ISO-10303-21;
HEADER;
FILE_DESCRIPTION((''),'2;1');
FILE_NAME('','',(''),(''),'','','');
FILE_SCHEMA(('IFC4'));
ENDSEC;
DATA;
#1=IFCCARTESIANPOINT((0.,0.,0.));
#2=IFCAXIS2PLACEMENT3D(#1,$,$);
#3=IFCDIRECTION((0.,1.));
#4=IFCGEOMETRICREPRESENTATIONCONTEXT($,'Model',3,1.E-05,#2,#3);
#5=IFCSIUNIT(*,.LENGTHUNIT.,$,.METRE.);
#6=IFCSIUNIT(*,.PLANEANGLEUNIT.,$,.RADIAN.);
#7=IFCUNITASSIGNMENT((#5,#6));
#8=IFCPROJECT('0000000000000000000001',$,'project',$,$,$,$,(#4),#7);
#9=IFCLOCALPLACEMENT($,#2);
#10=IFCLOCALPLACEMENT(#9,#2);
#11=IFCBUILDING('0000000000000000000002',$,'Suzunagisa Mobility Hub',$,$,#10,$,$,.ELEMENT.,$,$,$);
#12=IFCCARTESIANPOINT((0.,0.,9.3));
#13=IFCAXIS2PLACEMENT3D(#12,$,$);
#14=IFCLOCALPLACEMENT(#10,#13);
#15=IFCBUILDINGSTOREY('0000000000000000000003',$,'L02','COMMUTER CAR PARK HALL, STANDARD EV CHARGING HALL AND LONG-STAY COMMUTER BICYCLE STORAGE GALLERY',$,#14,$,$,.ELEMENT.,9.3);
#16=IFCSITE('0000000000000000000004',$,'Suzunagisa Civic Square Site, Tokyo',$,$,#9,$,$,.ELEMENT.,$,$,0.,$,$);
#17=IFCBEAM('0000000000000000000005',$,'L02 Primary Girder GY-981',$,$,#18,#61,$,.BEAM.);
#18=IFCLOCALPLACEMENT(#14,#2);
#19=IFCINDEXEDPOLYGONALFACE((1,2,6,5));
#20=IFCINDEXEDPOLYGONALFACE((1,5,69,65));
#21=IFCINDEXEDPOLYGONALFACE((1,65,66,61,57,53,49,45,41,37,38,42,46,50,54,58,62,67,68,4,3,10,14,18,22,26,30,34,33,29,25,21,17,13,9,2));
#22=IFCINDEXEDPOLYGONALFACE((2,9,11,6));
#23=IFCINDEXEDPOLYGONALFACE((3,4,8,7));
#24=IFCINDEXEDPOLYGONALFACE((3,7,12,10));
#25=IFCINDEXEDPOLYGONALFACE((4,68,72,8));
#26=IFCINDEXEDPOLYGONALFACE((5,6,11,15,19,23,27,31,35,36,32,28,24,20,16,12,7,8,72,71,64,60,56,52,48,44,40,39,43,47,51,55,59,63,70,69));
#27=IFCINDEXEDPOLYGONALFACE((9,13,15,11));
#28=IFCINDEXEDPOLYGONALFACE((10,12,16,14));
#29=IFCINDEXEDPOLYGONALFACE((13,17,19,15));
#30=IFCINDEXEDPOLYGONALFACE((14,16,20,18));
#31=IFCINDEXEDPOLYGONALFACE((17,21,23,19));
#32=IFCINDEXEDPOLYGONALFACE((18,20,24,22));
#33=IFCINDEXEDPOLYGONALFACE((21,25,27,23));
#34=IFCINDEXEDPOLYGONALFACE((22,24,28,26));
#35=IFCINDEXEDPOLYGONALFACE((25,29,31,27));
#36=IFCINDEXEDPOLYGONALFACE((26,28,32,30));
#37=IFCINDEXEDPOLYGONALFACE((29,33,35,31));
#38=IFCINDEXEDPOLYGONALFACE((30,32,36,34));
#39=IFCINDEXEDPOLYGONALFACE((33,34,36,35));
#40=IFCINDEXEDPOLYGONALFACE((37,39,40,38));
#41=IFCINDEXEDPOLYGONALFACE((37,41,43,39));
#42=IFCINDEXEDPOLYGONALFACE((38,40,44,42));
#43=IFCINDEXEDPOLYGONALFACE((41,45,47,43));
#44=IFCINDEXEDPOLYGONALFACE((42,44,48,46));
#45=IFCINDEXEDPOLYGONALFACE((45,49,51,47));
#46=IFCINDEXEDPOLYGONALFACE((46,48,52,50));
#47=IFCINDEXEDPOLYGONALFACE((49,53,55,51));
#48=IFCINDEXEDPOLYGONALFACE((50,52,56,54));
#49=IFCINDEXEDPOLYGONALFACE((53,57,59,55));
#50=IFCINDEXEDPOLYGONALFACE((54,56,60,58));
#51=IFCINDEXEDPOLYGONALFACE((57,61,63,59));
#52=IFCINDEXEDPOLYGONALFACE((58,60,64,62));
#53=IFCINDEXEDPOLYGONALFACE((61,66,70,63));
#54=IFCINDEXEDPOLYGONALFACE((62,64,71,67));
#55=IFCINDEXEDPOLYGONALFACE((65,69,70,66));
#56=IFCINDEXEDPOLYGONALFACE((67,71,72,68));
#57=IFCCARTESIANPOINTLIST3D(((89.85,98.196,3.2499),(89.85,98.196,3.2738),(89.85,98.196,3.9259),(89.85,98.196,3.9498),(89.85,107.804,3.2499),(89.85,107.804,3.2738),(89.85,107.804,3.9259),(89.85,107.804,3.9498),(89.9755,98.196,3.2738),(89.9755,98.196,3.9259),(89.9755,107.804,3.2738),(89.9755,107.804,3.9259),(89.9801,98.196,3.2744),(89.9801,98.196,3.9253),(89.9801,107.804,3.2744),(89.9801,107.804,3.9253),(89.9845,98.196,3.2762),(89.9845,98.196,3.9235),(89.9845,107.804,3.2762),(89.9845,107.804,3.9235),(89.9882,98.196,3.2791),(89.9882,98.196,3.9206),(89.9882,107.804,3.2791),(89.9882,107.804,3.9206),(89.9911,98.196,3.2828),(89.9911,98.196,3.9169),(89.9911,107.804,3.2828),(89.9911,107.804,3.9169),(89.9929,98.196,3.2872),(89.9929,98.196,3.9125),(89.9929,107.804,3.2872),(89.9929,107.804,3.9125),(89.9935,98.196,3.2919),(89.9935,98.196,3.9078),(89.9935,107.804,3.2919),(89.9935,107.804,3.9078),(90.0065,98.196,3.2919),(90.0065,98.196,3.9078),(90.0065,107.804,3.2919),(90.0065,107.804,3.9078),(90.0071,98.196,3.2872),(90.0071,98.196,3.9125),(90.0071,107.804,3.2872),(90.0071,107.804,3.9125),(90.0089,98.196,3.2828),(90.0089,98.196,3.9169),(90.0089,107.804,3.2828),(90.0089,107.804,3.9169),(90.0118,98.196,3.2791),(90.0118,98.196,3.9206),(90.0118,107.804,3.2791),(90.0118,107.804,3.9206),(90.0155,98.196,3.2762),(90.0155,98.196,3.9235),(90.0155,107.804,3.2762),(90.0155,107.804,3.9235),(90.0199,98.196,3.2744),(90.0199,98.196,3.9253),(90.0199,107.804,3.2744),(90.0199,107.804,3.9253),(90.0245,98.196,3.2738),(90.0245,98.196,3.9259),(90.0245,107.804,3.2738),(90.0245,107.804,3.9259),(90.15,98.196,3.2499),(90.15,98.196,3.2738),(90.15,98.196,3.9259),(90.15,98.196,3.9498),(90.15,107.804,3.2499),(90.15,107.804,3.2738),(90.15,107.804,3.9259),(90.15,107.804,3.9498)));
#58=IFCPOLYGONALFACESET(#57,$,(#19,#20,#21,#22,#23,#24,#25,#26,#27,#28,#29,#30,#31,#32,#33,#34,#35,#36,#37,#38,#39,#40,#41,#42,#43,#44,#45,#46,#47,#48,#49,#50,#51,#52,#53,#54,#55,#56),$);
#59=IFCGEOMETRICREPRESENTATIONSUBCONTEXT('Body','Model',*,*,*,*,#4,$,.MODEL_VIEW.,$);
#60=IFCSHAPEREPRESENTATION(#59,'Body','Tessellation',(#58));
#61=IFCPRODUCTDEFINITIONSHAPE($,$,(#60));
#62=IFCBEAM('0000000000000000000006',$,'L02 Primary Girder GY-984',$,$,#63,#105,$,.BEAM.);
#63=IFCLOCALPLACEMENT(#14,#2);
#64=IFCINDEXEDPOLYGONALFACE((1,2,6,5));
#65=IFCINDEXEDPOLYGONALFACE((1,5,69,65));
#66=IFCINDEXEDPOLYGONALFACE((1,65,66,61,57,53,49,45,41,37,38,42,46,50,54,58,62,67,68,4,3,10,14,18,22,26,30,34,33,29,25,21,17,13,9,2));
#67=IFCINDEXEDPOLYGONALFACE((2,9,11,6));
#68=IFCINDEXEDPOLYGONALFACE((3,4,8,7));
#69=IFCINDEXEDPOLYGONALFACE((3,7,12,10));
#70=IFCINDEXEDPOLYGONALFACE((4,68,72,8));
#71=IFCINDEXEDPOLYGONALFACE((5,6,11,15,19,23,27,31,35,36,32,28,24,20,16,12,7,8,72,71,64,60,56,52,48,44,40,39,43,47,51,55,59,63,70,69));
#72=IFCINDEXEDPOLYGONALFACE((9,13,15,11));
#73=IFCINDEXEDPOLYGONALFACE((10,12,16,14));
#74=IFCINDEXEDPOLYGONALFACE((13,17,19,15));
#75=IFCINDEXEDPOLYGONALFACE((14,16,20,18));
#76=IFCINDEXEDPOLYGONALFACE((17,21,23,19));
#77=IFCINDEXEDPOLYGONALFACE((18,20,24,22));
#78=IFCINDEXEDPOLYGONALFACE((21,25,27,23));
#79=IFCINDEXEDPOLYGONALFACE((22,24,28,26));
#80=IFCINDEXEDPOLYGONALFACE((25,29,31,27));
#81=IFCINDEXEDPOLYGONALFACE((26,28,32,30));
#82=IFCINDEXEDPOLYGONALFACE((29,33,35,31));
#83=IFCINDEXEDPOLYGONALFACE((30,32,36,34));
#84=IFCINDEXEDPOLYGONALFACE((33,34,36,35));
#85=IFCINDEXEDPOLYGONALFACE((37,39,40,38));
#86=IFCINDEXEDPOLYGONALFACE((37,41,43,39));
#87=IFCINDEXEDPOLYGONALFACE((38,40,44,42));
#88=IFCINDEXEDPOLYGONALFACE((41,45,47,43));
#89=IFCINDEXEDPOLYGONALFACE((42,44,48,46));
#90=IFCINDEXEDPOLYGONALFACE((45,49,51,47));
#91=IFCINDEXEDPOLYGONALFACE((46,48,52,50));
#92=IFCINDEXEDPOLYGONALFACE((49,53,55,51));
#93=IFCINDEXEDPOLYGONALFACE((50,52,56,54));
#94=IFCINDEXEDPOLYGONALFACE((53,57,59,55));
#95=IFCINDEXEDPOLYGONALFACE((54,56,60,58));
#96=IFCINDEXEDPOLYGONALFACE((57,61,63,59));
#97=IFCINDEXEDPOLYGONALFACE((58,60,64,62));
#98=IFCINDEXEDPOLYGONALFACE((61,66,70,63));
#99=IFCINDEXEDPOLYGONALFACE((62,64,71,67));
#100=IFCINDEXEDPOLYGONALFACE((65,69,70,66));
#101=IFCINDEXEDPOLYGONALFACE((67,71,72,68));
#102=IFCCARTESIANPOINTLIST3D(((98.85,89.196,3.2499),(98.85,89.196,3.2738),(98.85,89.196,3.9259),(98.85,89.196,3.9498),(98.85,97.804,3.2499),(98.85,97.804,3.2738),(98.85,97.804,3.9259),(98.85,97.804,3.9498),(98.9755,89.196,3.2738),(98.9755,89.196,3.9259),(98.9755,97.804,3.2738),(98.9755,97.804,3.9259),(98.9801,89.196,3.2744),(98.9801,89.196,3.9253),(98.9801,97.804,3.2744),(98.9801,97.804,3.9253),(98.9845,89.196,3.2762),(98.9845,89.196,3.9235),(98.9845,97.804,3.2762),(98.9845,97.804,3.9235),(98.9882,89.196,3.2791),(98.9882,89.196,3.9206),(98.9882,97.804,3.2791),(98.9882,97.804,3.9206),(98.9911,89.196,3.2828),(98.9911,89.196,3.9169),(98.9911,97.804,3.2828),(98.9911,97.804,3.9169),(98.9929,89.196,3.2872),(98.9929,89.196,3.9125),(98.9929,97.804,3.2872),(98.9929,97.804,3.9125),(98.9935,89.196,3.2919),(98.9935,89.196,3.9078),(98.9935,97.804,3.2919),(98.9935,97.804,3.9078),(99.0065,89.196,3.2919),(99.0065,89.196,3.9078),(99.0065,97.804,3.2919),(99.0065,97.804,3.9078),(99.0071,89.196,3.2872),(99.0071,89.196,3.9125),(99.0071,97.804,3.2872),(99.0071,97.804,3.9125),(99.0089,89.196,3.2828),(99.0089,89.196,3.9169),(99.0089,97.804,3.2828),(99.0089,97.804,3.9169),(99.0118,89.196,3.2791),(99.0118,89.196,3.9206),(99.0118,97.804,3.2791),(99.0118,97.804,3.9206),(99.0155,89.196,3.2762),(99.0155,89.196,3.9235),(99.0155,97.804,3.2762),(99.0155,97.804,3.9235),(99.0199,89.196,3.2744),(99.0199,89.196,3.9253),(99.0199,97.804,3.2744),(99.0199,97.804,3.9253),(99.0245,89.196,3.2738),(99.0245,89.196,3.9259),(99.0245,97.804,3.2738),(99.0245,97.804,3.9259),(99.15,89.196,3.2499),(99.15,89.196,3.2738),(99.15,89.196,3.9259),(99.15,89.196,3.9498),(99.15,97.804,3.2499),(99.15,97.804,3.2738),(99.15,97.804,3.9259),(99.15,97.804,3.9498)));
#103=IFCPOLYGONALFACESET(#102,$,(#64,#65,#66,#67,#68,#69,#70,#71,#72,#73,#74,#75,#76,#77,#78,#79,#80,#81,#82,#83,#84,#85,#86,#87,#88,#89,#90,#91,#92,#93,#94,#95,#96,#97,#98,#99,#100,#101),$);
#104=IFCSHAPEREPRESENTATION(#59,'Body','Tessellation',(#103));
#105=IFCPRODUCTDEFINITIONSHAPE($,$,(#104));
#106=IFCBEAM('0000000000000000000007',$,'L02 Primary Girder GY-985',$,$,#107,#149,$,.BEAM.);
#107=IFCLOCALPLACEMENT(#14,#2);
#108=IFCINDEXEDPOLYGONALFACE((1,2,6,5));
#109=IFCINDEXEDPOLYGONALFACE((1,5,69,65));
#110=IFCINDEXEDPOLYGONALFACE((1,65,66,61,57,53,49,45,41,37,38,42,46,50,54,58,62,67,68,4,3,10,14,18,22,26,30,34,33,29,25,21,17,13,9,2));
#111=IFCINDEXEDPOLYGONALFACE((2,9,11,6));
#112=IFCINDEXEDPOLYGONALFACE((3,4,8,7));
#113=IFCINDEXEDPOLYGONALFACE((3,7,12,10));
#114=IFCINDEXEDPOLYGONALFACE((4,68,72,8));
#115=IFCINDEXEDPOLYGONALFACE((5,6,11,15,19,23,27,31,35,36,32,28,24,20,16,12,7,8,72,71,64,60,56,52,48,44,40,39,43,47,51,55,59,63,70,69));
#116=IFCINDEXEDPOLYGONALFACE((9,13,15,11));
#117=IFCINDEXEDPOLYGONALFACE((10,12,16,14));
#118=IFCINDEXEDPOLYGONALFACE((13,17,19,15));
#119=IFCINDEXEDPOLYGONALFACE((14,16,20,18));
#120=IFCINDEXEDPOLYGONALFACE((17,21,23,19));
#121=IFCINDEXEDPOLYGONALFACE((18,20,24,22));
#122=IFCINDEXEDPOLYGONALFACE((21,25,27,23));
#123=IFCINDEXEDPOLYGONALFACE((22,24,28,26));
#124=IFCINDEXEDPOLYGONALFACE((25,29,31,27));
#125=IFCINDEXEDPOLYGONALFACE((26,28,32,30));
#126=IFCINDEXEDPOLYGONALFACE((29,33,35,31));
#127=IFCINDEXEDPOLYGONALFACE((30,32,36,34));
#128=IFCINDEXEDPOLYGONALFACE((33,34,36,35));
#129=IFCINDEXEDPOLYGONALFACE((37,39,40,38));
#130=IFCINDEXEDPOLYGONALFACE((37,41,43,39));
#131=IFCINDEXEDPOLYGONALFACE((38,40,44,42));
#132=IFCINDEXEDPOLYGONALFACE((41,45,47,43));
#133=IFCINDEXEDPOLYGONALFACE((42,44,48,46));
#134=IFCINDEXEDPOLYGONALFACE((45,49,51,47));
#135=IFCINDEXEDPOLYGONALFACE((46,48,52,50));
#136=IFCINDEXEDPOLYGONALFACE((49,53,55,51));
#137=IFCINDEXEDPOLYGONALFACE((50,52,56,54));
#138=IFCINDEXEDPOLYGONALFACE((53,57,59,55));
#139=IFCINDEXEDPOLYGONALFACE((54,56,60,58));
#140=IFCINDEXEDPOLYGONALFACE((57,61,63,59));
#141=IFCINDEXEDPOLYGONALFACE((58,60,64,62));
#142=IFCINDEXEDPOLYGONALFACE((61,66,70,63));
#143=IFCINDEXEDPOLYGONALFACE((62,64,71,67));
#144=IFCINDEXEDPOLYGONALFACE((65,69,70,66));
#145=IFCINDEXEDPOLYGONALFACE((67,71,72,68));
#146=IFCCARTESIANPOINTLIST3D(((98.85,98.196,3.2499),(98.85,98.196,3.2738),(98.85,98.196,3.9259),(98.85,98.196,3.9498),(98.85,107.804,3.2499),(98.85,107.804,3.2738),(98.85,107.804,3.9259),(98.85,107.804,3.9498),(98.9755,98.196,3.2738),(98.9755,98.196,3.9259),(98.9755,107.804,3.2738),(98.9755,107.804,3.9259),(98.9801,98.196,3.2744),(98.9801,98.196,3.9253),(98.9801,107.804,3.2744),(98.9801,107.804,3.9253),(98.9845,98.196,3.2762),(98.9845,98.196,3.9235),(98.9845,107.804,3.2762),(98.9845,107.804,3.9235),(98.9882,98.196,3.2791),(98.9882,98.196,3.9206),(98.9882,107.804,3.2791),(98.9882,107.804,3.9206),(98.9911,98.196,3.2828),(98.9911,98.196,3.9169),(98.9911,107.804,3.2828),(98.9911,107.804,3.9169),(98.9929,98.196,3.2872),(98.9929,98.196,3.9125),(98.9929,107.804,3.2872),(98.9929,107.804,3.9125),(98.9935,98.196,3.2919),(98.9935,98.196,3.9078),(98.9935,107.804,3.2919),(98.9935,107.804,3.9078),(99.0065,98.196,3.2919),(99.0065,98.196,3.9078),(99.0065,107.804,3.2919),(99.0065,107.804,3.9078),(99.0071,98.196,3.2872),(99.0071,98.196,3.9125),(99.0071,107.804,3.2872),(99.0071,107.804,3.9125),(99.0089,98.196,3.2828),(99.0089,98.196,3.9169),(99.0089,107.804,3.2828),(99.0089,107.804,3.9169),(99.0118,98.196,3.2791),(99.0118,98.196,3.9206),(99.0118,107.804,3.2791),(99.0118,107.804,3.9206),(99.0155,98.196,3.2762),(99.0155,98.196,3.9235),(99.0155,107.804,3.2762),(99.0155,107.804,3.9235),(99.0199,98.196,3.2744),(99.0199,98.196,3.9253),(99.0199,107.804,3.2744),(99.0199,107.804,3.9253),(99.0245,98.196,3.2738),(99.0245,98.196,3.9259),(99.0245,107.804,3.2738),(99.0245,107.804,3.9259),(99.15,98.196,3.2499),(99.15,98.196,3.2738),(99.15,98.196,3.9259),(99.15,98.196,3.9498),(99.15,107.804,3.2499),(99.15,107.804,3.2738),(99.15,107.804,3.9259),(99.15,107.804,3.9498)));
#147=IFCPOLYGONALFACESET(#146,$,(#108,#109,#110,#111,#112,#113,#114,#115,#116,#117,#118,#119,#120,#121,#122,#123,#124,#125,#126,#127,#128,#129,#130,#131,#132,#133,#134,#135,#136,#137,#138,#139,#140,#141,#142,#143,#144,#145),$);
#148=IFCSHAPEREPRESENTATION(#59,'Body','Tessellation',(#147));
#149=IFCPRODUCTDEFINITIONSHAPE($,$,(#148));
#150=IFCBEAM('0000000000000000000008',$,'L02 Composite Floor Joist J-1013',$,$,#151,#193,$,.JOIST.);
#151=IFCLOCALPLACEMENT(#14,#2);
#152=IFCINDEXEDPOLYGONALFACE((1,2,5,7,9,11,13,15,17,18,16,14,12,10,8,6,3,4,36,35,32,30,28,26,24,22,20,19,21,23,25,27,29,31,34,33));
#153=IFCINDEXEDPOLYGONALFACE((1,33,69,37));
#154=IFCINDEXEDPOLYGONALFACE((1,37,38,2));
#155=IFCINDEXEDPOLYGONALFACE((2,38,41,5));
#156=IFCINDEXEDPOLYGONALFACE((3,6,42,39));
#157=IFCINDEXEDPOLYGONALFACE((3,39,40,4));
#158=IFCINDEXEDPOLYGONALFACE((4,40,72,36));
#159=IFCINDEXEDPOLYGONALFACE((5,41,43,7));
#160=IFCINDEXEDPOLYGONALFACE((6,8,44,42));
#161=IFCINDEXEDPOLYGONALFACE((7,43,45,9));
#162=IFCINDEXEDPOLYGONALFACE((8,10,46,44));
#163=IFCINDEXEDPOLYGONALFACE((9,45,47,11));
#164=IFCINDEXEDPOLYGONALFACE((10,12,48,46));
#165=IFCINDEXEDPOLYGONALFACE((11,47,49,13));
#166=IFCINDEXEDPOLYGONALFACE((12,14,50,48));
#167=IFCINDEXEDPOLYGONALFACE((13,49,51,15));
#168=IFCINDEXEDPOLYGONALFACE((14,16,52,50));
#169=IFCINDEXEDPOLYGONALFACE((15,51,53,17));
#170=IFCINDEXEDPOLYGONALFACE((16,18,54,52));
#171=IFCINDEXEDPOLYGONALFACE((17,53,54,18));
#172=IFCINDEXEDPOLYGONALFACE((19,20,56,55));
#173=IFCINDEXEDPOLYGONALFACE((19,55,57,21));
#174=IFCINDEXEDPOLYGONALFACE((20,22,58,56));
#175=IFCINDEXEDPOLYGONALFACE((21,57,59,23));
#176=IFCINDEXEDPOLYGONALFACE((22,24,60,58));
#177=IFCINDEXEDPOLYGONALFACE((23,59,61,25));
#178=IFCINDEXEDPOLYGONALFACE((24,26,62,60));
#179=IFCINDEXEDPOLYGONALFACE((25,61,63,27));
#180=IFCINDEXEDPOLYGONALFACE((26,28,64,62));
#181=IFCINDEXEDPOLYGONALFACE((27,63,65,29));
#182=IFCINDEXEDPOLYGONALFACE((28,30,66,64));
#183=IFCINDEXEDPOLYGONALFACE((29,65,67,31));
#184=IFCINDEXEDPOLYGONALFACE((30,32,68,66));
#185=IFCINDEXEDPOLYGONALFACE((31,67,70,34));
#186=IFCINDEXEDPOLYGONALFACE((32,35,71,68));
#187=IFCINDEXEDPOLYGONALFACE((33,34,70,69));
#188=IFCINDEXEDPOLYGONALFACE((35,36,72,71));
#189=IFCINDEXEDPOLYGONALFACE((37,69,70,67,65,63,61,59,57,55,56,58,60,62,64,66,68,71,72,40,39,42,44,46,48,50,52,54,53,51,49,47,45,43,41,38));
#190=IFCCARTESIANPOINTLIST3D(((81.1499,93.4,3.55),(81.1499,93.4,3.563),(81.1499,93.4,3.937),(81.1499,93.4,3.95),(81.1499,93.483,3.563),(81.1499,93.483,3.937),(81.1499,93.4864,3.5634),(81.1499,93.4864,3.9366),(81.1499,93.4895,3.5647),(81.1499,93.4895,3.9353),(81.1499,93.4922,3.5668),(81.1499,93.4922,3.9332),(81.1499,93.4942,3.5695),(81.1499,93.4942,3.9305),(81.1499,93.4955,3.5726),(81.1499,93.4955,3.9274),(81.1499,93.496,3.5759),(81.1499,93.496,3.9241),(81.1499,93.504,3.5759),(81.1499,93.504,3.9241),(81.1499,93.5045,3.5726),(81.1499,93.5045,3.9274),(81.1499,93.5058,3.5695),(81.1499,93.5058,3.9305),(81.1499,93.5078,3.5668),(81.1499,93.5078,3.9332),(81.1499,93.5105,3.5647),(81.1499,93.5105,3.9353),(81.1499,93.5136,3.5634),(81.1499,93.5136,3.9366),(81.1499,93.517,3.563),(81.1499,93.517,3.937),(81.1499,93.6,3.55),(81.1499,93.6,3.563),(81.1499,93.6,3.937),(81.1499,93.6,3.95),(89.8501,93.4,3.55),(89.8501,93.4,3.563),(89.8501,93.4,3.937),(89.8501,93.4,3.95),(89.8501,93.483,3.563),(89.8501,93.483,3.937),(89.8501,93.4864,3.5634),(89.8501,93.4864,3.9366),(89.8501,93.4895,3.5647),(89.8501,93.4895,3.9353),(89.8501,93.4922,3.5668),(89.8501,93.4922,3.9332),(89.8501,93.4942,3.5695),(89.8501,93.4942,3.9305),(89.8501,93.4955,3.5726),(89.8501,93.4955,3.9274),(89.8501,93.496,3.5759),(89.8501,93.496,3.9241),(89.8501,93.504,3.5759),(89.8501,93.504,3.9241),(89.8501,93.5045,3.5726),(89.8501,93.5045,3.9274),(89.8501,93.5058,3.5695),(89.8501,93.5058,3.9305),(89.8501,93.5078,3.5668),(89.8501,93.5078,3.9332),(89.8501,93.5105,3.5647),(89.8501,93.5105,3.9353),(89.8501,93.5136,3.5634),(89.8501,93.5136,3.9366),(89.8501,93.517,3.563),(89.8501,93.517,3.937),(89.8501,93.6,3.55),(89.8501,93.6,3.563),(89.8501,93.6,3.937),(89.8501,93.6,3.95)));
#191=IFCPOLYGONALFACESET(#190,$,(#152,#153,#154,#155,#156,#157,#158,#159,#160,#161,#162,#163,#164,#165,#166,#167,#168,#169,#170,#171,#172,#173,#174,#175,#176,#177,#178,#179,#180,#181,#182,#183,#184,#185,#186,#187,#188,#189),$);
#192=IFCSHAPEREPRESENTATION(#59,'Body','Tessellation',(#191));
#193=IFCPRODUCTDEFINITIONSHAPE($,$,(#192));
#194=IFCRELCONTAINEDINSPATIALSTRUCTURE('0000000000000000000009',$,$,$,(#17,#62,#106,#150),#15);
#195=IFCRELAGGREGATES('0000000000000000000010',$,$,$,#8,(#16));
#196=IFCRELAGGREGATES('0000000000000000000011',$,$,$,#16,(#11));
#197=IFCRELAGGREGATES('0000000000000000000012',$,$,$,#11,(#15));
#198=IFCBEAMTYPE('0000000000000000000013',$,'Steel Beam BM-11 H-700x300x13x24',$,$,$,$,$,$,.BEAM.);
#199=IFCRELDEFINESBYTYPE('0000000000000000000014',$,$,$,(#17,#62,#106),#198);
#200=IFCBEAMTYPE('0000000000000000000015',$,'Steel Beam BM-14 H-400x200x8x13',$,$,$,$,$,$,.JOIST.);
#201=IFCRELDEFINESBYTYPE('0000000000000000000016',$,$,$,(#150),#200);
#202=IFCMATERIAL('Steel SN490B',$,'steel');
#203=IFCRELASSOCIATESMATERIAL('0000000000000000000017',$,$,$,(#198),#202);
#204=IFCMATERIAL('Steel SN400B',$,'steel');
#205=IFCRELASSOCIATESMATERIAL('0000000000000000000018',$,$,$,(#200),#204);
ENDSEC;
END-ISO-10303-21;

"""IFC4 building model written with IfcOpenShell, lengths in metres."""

from ifc_helpers import new_model, si_unit, direction, frame, origin, origin_2d, place, context, subcontext, project, spatial, i_section, extrude, material, material_profile, profile_set, type_object, element, save


model = new_model("IFC4")

# Units and contexts
model_context = context("Model", 3, precision=1e-05, world=origin(), true_north=direction((0.0, 1.0)))
body_context = subcontext(model_context, "Body", "Model", "MODEL_VIEW")
ifc_project = project(units=[si_unit("LENGTHUNIT", "METRE"), si_unit("PLANEANGLEUNIT", "RADIAN")], contexts=[model_context])

# Site, building, storey
site_placement = place(None, origin())
site = spatial("IfcSite", under=ifc_project, at=site_placement, Name="Suzunagisa Civic Square Site, Tokyo", CompositionType="ELEMENT", RefElevation=0.0)
building_placement = place(site_placement, origin())
building = spatial("IfcBuilding", under=site, at=building_placement, Name="Suzunagisa Mobility Hub", CompositionType="ELEMENT")
storey_placement = place(building_placement, frame((0.0, 0.0, 9.3)))
storey = spatial("IfcBuildingStorey", under=building, at=storey_placement, Name="L02", Description="COMMUTER CAR PARK HALL, STANDARD EV CHARGING HALL AND LONG-STAY COMMUTER BICYCLE STORAGE GALLERY", CompositionType="ELEMENT", Elevation=9.3)

# Shared definitions
ifc_material_1 = material(Name="Steel SN490B", Category="steel")

# Beams
ifc_material_profile_1 = material_profile(ifc_material_1, i_section(OverallWidth=0.3, OverallDepth=0.7, WebThickness=0.0129, FlangeThickness=0.0239, FilletRadius=0.0181, at=origin_2d()), Name="H-700x300x13x24")
ifc_profile_set_1 = profile_set([ifc_material_profile_1], Name="Steel SN490B")
beam_type_1 = type_object("IfcBeamType", Name="Steel Beam BM-11 H-700x300x13x24", PredefinedType="BEAM", material=ifc_profile_set_1)
beam_1_placement = place(storey_placement, frame((90.0, 98.196, 3.5999), z_axis=(0.0, 1.0, 0.0), x_axis=(-1.0, 0.0, 0.0)))
element("IfcBeam", 1, at=beam_1_placement, inside=storey, type_object=beam_type_1, Name="L02 Primary Girder GY-981", PredefinedType="BEAM", context=body_context, shape_type="SweptSolid", body=[
    extrude(i_section(OverallWidth=0.3, OverallDepth=0.7, WebThickness=0.0129, FlangeThickness=0.0239, FilletRadius=0.0181, at=origin_2d()), origin(), (0.0, 0.0, 1.0), 9.6079),
])
beam_2_placement = place(storey_placement, frame((99.0, 89.196, 3.5999), z_axis=(0.0, 1.0, 0.0), x_axis=(-1.0, 0.0, 0.0)))
element("IfcBeam", 2, at=beam_2_placement, inside=storey, type_object=beam_type_1, Name="L02 Primary Girder GY-984", PredefinedType="BEAM", context=body_context, shape_type="SweptSolid", body=[
    extrude(i_section(OverallWidth=0.3, OverallDepth=0.7, WebThickness=0.0129, FlangeThickness=0.0239, FilletRadius=0.0181, at=origin_2d()), origin(), (0.0, 0.0, 1.0), 8.6079),
])
beam_3_placement = place(storey_placement, frame((99.0, 98.196, 3.5999), z_axis=(0.0, 1.0, 0.0), x_axis=(-1.0, 0.0, 0.0)))
element("IfcBeam", 3, at=beam_3_placement, inside=storey, type_object=beam_type_1, Name="L02 Primary Girder GY-985", PredefinedType="BEAM", context=body_context, shape_type="SweptSolid", body=[
    extrude(i_section(OverallWidth=0.3, OverallDepth=0.7, WebThickness=0.0129, FlangeThickness=0.0239, FilletRadius=0.0181, at=origin_2d()), origin(), (0.0, 0.0, 1.0), 9.6079),
])
ifc_material_2 = material(Name="Steel SN400B", Category="steel")
ifc_material_profile_2 = material_profile(ifc_material_2, i_section(OverallWidth=0.2, OverallDepth=0.3999, WebThickness=0.0081, FlangeThickness=0.0129, FilletRadius=0.0129, at=origin_2d()), Name="H-400x200x8x13")
ifc_profile_set_2 = profile_set([ifc_material_profile_2], Name="Steel SN400B")
beam_type_2 = type_object("IfcBeamType", Name="Steel Beam BM-14 H-400x200x8x13", PredefinedType="JOIST", material=ifc_profile_set_2)
for number, where, z_axis, x_axis, name in (
    (4, (81.1499, 93.5, 3.75), (1.0, 0.0, 0.0), (0.0, 1.0, 0.0), "L02 Composite Floor Joist J-1013"),
):
    element("IfcBeam", number, at=place(storey_placement, frame(where, z_axis=z_axis, x_axis=x_axis)), inside=storey, type_object=beam_type_2, Name=name, PredefinedType="JOIST", context=body_context, shape_type="SweptSolid", body=[
        extrude(i_section(OverallWidth=0.2, OverallDepth=0.3999, WebThickness=0.0081, FlangeThickness=0.0129, FilletRadius=0.0129, at=origin_2d()), origin(), (0.0, 0.0, 1.0), 8.7002),
    ])

save(model, "model.ifc")
